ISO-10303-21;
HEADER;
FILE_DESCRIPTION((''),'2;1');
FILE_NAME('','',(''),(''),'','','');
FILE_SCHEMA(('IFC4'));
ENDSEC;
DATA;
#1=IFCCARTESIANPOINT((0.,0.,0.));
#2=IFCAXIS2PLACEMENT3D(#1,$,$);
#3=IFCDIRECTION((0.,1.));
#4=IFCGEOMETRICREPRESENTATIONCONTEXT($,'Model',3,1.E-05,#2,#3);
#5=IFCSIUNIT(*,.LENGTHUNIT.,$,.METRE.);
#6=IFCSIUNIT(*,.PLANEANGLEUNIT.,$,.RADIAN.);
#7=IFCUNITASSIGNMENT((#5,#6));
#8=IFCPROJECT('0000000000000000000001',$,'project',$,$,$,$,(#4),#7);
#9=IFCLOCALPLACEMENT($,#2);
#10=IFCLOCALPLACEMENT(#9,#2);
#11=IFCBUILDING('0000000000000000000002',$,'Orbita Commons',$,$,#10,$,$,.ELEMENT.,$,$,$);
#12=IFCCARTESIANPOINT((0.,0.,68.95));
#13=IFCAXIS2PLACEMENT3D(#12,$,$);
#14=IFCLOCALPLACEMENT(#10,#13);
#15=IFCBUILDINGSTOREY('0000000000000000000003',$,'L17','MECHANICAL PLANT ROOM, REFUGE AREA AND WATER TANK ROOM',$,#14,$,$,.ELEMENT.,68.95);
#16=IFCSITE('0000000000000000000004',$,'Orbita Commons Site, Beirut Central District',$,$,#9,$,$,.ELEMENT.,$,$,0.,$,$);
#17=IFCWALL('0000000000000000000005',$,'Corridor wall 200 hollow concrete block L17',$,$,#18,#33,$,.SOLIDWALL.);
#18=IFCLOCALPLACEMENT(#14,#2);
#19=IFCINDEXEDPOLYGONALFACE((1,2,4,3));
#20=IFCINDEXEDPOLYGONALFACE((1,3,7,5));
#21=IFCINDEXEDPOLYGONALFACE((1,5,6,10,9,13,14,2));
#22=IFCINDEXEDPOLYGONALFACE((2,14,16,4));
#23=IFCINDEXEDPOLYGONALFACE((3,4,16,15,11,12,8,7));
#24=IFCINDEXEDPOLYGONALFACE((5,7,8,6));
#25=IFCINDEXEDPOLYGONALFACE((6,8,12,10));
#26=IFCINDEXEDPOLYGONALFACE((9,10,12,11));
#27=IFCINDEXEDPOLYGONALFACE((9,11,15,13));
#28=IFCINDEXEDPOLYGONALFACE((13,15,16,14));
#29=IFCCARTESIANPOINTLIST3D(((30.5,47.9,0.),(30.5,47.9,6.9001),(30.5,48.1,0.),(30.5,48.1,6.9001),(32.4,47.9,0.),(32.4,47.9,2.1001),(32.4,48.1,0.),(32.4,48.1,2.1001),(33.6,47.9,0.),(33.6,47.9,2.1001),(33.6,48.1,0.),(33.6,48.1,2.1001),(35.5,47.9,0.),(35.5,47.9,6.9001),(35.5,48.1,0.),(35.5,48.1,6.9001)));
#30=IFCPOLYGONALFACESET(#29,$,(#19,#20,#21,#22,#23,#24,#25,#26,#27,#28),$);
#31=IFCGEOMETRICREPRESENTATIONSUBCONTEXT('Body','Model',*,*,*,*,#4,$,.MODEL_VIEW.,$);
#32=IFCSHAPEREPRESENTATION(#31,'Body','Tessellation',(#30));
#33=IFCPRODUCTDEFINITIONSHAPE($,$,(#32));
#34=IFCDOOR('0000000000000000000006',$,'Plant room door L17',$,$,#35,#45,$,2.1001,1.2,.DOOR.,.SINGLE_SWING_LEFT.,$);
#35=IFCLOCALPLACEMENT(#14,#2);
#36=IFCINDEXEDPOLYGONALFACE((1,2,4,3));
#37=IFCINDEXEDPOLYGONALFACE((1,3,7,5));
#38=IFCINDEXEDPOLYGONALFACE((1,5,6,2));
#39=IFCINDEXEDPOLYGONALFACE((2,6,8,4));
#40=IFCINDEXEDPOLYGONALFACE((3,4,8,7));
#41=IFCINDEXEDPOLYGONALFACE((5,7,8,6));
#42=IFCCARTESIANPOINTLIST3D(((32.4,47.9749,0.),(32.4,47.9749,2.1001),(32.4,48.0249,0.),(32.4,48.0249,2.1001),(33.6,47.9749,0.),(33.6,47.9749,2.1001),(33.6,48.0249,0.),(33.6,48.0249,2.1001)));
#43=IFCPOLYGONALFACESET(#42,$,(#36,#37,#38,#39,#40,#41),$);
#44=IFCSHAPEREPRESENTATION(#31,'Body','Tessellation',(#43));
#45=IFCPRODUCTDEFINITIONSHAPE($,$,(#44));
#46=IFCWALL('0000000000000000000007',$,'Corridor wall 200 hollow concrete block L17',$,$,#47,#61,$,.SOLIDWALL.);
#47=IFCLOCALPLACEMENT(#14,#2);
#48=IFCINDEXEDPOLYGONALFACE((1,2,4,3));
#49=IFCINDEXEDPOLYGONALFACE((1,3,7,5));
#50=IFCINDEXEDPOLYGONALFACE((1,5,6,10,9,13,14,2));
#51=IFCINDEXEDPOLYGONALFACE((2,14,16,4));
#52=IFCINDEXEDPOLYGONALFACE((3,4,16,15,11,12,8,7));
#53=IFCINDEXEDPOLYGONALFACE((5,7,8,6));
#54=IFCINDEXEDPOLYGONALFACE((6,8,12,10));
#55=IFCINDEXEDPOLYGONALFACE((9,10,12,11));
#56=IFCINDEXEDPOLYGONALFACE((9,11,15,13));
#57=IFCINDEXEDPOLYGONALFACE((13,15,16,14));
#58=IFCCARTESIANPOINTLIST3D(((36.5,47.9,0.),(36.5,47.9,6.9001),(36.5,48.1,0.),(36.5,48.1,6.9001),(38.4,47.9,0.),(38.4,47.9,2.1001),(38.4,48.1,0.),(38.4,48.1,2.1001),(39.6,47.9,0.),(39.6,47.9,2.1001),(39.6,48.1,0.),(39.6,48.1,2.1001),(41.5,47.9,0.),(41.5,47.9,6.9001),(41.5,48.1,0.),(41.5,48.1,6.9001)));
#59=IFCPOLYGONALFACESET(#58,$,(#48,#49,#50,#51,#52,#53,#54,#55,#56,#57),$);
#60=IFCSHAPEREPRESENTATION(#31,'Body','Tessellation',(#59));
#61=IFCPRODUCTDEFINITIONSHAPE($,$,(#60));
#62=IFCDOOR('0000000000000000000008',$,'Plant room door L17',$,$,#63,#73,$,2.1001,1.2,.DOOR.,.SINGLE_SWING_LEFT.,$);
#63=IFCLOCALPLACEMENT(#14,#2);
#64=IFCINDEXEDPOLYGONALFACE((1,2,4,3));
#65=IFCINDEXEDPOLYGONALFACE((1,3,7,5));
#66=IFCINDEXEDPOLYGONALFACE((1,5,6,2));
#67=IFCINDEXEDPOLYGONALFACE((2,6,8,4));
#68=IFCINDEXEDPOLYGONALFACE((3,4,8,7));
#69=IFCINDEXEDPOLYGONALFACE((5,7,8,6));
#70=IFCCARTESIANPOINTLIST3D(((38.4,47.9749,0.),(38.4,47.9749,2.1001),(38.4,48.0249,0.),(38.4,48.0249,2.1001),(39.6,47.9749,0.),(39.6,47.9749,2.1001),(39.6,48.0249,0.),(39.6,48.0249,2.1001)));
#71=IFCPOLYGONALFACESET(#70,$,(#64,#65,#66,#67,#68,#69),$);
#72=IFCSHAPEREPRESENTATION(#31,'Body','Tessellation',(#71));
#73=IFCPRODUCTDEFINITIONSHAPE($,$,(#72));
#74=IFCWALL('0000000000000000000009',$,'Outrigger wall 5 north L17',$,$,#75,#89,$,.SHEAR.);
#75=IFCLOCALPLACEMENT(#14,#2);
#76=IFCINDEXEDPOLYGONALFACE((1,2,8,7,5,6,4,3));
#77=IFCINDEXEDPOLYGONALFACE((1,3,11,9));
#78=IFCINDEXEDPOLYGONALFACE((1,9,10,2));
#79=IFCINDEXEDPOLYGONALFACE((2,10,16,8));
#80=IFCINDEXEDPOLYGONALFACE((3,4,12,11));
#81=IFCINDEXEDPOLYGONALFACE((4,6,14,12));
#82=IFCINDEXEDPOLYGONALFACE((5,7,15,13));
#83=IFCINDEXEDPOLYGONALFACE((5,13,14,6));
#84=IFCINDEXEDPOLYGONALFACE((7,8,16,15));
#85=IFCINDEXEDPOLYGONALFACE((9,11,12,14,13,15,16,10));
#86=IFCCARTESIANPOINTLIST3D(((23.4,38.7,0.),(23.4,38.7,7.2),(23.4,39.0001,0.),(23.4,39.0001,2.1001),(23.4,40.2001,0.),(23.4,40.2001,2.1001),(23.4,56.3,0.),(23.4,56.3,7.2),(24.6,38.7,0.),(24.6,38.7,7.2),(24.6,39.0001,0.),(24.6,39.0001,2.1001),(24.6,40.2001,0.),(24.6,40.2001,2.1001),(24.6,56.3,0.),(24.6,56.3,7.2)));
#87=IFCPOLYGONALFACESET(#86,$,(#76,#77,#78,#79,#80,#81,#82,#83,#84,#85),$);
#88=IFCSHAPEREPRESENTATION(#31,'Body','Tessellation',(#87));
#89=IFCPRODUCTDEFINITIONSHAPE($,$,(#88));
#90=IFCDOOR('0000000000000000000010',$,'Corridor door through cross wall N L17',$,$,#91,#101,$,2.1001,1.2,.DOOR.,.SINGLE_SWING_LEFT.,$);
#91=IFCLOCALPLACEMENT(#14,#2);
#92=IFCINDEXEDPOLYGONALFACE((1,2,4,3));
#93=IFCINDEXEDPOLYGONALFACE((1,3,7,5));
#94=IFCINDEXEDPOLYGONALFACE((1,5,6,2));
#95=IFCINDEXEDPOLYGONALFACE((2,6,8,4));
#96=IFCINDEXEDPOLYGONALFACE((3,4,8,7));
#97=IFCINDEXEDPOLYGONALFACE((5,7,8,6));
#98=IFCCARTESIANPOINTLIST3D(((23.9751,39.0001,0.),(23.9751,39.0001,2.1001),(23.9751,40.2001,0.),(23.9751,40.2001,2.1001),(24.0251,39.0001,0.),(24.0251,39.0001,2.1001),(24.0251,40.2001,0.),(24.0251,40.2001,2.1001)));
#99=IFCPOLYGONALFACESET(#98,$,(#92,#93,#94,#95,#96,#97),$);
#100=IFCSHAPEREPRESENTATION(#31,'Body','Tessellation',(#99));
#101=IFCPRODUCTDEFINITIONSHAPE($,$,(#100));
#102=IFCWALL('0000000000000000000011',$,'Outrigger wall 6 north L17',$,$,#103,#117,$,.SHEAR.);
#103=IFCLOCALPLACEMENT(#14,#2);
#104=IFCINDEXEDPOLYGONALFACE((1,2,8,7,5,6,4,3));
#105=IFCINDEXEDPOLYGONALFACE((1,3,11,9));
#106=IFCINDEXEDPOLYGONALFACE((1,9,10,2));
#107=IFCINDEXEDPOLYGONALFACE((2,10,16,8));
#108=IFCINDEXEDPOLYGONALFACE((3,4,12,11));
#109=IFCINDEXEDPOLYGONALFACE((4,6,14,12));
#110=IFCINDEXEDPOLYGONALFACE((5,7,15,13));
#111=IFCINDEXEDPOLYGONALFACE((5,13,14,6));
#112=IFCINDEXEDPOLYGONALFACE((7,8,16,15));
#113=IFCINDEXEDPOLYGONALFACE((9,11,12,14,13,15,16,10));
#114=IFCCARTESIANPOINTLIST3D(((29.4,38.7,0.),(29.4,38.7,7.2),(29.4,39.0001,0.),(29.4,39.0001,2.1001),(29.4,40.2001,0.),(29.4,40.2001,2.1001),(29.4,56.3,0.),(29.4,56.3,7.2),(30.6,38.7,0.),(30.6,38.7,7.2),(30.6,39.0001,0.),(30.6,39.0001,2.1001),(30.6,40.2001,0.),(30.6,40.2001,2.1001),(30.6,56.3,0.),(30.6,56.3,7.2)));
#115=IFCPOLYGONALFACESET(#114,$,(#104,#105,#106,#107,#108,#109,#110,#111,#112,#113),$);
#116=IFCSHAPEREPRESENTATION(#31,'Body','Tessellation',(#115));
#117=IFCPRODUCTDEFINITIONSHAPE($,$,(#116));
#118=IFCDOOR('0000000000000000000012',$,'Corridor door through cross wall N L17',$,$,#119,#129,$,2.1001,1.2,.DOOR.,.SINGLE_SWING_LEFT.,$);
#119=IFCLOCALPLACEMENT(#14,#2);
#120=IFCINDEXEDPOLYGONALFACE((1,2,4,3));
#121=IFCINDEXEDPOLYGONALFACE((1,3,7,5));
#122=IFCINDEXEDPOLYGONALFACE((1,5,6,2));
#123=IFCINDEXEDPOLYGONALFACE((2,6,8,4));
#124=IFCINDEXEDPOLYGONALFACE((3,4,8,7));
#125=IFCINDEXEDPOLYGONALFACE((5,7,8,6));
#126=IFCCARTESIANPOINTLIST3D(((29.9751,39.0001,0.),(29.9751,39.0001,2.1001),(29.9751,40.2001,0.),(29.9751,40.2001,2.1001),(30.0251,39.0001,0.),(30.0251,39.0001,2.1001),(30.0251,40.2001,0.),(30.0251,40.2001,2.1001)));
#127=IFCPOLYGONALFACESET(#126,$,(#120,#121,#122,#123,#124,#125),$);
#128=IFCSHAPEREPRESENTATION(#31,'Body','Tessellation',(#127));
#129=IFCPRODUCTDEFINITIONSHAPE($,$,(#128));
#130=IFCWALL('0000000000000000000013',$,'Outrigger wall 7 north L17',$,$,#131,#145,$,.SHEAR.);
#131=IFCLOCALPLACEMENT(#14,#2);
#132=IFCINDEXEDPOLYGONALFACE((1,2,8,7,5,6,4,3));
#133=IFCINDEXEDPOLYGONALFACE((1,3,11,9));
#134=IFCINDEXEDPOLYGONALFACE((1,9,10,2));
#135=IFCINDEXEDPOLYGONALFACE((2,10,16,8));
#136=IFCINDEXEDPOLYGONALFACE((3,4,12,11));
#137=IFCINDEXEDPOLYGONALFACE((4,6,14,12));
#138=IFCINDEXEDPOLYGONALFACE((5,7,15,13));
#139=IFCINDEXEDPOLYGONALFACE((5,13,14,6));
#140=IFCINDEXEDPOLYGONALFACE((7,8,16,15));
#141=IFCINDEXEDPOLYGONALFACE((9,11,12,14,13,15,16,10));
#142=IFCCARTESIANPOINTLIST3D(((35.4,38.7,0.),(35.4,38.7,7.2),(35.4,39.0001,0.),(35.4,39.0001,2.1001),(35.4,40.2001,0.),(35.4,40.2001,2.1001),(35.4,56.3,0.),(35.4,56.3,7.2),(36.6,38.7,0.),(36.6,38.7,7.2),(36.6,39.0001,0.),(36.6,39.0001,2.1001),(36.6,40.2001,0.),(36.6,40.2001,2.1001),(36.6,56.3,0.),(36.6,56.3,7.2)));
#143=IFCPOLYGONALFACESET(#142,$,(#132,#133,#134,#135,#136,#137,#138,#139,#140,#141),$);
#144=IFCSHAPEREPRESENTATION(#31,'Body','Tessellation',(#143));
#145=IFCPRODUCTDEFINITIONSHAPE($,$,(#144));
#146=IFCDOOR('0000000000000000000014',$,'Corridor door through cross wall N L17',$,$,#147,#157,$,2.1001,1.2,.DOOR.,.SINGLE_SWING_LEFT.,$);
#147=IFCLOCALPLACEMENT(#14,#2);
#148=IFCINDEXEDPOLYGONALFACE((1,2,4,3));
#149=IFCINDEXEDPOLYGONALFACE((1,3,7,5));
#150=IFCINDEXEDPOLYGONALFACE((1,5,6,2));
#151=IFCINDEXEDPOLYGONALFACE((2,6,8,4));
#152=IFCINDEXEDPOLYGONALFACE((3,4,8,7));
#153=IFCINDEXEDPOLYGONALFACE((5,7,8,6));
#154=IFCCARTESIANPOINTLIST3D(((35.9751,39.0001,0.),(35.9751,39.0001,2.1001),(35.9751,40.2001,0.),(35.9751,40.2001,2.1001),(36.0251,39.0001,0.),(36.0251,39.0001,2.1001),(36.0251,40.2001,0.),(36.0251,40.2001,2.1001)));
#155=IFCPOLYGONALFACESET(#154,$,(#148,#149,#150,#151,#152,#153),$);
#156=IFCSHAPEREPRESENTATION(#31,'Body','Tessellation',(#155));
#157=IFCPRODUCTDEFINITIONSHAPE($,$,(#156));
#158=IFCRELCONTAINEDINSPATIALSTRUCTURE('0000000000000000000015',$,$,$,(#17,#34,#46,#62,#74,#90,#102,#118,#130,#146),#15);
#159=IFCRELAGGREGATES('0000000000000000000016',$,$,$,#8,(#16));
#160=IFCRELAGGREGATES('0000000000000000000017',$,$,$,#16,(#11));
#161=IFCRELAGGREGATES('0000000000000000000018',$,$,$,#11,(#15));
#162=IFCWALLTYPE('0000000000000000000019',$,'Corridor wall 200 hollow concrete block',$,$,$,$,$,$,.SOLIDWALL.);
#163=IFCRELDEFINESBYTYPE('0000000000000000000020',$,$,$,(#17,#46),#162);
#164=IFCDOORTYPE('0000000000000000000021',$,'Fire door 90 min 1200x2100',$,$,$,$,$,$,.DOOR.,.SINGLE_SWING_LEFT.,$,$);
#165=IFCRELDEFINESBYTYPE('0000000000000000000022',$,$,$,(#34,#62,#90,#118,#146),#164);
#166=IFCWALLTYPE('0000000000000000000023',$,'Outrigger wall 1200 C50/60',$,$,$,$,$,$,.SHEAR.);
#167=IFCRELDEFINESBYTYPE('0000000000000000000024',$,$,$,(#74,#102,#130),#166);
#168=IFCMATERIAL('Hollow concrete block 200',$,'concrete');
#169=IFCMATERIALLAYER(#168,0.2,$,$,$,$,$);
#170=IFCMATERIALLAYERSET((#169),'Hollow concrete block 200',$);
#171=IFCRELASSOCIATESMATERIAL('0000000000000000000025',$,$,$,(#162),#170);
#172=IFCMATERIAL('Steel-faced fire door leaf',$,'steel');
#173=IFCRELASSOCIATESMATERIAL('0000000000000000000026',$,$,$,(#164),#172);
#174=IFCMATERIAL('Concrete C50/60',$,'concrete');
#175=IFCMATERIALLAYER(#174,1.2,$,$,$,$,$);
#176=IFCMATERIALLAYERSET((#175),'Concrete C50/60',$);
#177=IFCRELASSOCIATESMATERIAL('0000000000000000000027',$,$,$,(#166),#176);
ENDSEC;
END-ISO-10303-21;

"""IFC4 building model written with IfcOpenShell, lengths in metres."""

from ifc_helpers import new_model, si_unit, direction, frame, frame_2d, origin, place, context, subcontext, project, spatial, rectangle, extrude, material, layer, layer_set, type_object, element, fill, save


model = new_model("IFC4")

# Units and contexts
model_context = context("Model", 3, precision=1e-05, world=origin(), true_north=direction((0.0, 1.0)))
body_context = subcontext(model_context, "Body", "Model", "MODEL_VIEW")
ifc_project = project(units=[si_unit("LENGTHUNIT", "METRE"), si_unit("PLANEANGLEUNIT", "RADIAN")], contexts=[model_context])

# Site, building, storey
site_placement = place(None, origin())
site = spatial("IfcSite", under=ifc_project, at=site_placement, Name="Orbita Commons Site, Beirut Central District", CompositionType="ELEMENT", RefElevation=0.0)
building_placement = place(site_placement, origin())
building = spatial("IfcBuilding", under=site, at=building_placement, Name="Orbita Commons", CompositionType="ELEMENT")
storey_placement = place(building_placement, frame((0.0, 0.0, 68.95)))
storey = spatial("IfcBuildingStorey", under=building, at=storey_placement, Name="L17", Description="MECHANICAL PLANT ROOM, REFUGE AREA AND WATER TANK ROOM", CompositionType="ELEMENT", Elevation=68.95)

# Walls, openings, doors
ifc_material_1 = material(Name="Hollow concrete block 200", Category="concrete")
ifc_layer_1 = layer(ifc_material_1, 0.2)
ifc_layer_set_1 = layer_set([ifc_layer_1], Name="Hollow concrete block 200")
wall_type_1 = type_object("IfcWallType", Name="Corridor wall 200 hollow concrete block", PredefinedType="SOLIDWALL", material=ifc_layer_set_1)
ifc_material_2 = material(Name="Steel-faced fire door leaf", Category="steel")
door_type_1 = type_object("IfcDoorType", Name="Fire door 90 min 1200x2100", OperationType="SINGLE_SWING_LEFT", PredefinedType="DOOR", material=ifc_material_2)
wall_1_placement = place(storey_placement, frame((30.5, 48.0, 0.0), z_axis=(0.0, 0.0, 1.0), x_axis=(1.0, 0.0, 0.0)))
wall_1 = element("IfcWall", 1, at=wall_1_placement, inside=storey, type_object=wall_type_1, Name="Corridor wall 200 hollow concrete block L17", PredefinedType="SOLIDWALL", context=body_context, shape_type="SweptSolid", body=[
    extrude(rectangle(XDim=5.0, YDim=0.2, at=frame_2d((2.5, 0.0))), origin(), (0.0, 0.0, 1.0), 6.9001),
])
opening_1_placement = place(wall_1_placement, frame((1.8999, 0.0, 0.0)))
opening_1 = element("IfcOpeningElement", 2, at=opening_1_placement, cuts=wall_1, PredefinedType="OPENING", context=body_context, shape_type="SweptSolid", body=[
    extrude(rectangle(XDim=1.2, YDim=2.1001, at=frame_2d((0.6001, 1.05))), frame((0.0, 0.1099, 0.0), z_axis=(0.0, -1.0, 0.0), x_axis=(1.0, 0.0, 0.0)), (0.0, 0.0, 1.0), 0.22),
])
door_1_placement = place(opening_1_placement, origin())
door_1 = element("IfcDoor", 3, at=door_1_placement, inside=storey, type_object=door_type_1, Name="Plant room door L17", OperationType="SINGLE_SWING_LEFT", OverallHeight=2.1001, OverallWidth=1.2, PredefinedType="DOOR", context=body_context, shape_type="SweptSolid", body=[
    extrude(rectangle(XDim=1.2, YDim=2.1001, at=frame_2d((0.6001, 1.05))), frame((0.0, 0.0249, 0.0), z_axis=(0.0, -1.0, 0.0), x_axis=(1.0, 0.0, 0.0)), (0.0, 0.0, 1.0), 0.05),
])
fill(opening_1, door_1)
wall_2_placement = place(storey_placement, frame((36.5, 48.0, 0.0), z_axis=(0.0, 0.0, 1.0), x_axis=(1.0, 0.0, 0.0)))
wall_2 = element("IfcWall", 4, at=wall_2_placement, inside=storey, type_object=wall_type_1, Name="Corridor wall 200 hollow concrete block L17", PredefinedType="SOLIDWALL", context=body_context, shape_type="SweptSolid", body=[
    extrude(rectangle(XDim=5.0, YDim=0.2, at=frame_2d((2.5, 0.0))), origin(), (0.0, 0.0, 1.0), 6.9001),
])
opening_2_placement = place(wall_2_placement, frame((1.8999, 0.0, 0.0)))
opening_2 = element("IfcOpeningElement", 5, at=opening_2_placement, cuts=wall_2, PredefinedType="OPENING", context=body_context, shape_type="SweptSolid", body=[
    extrude(rectangle(XDim=1.2, YDim=2.1001, at=frame_2d((0.6001, 1.05))), frame((0.0, 0.1099, 0.0), z_axis=(0.0, -1.0, 0.0), x_axis=(1.0, 0.0, 0.0)), (0.0, 0.0, 1.0), 0.22),
])
door_2_placement = place(opening_2_placement, origin())
door_2 = element("IfcDoor", 6, at=door_2_placement, inside=storey, type_object=door_type_1, Name="Plant room door L17", OperationType="SINGLE_SWING_LEFT", OverallHeight=2.1001, OverallWidth=1.2, PredefinedType="DOOR", context=body_context, shape_type="SweptSolid", body=[
    extrude(rectangle(XDim=1.2, YDim=2.1001, at=frame_2d((0.6001, 1.05))), frame((0.0, 0.0249, 0.0), z_axis=(0.0, -1.0, 0.0), x_axis=(1.0, 0.0, 0.0)), (0.0, 0.0, 1.0), 0.05),
])
fill(opening_2, door_2)
ifc_material_3 = material(Name="Concrete C50/60", Category="concrete")
ifc_layer_2 = layer(ifc_material_3, 1.2)
ifc_layer_set_2 = layer_set([ifc_layer_2], Name="Concrete C50/60")
wall_type_2 = type_object("IfcWallType", Name="Outrigger wall 1200 C50/60", PredefinedType="SHEAR", material=ifc_layer_set_2)
wall_3_placement = place(storey_placement, frame((24.0, 38.7, 0.0), z_axis=(0.0, 0.0, 1.0), x_axis=(0.0, 1.0, 0.0)))
wall_3 = element("IfcWall", 7, at=wall_3_placement, inside=storey, type_object=wall_type_2, Name="Outrigger wall 5 north L17", PredefinedType="SHEAR", context=body_context, shape_type="SweptSolid", body=[
    extrude(rectangle(XDim=17.6001, YDim=1.2, at=frame_2d((8.8, 0.0))), origin(), (0.0, 0.0, 1.0), 7.2),
])
opening_3_placement = place(wall_3_placement, frame((0.3, 0.0, 0.0)))
opening_3 = element("IfcOpeningElement", 8, at=opening_3_placement, cuts=wall_3, PredefinedType="OPENING", context=body_context, shape_type="SweptSolid", body=[
    extrude(rectangle(XDim=1.2, YDim=2.1001, at=frame_2d((0.6001, 1.05))), frame((0.0, 0.6099, 0.0), z_axis=(0.0, -1.0, 0.0), x_axis=(1.0, 0.0, 0.0)), (0.0, 0.0, 1.0), 1.22),
])
door_3_placement = place(opening_3_placement, origin())
door_3 = element("IfcDoor", 9, at=door_3_placement, inside=storey, type_object=door_type_1, Name="Corridor door through cross wall N L17", OperationType="SINGLE_SWING_LEFT", OverallHeight=2.1001, OverallWidth=1.2, PredefinedType="DOOR", context=body_context, shape_type="SweptSolid", body=[
    extrude(rectangle(XDim=1.2, YDim=2.1001, at=frame_2d((0.6001, 1.05))), frame((0.0, 0.0249, 0.0), z_axis=(0.0, -1.0, 0.0), x_axis=(1.0, 0.0, 0.0)), (0.0, 0.0, 1.0), 0.05),
])
fill(opening_3, door_3)
wall_4_placement = place(storey_placement, frame((30.0, 38.7, 0.0), z_axis=(0.0, 0.0, 1.0), x_axis=(0.0, 1.0, 0.0)))
wall_4 = element("IfcWall", 10, at=wall_4_placement, inside=storey, type_object=wall_type_2, Name="Outrigger wall 6 north L17", PredefinedType="SHEAR", context=body_context, shape_type="SweptSolid", body=[
    extrude(rectangle(XDim=17.6001, YDim=1.2, at=frame_2d((8.8, 0.0))), origin(), (0.0, 0.0, 1.0), 7.2),
])
opening_4_placement = place(wall_4_placement, frame((0.3, 0.0, 0.0)))
opening_4 = element("IfcOpeningElement", 11, at=opening_4_placement, cuts=wall_4, PredefinedType="OPENING", context=body_context, shape_type="SweptSolid", body=[
    extrude(rectangle(XDim=1.2, YDim=2.1001, at=frame_2d((0.6001, 1.05))), frame((0.0, 0.6099, 0.0), z_axis=(0.0, -1.0, 0.0), x_axis=(1.0, 0.0, 0.0)), (0.0, 0.0, 1.0), 1.22),
])
door_4_placement = place(opening_4_placement, origin())
door_4 = element("IfcDoor", 12, at=door_4_placement, inside=storey, type_object=door_type_1, Name="Corridor door through cross wall N L17", OperationType="SINGLE_SWING_LEFT", OverallHeight=2.1001, OverallWidth=1.2, PredefinedType="DOOR", context=body_context, shape_type="SweptSolid", body=[
    extrude(rectangle(XDim=1.2, YDim=2.1001, at=frame_2d((0.6001, 1.05))), frame((0.0, 0.0249, 0.0), z_axis=(0.0, -1.0, 0.0), x_axis=(1.0, 0.0, 0.0)), (0.0, 0.0, 1.0), 0.05),
])
fill(opening_4, door_4)
wall_5_placement = place(storey_placement, frame((36.0, 38.7, 0.0), z_axis=(0.0, 0.0, 1.0), x_axis=(0.0, 1.0, 0.0)))
wall_5 = element("IfcWall", 13, at=wall_5_placement, inside=storey, type_object=wall_type_2, Name="Outrigger wall 7 north L17", PredefinedType="SHEAR", context=body_context, shape_type="SweptSolid", body=[
    extrude(rectangle(XDim=17.6001, YDim=1.2, at=frame_2d((8.8, 0.0))), origin(), (0.0, 0.0, 1.0), 7.2),
])
opening_5_placement = place(wall_5_placement, frame((0.3, 0.0, 0.0)))
opening_5 = element("IfcOpeningElement", 14, at=opening_5_placement, cuts=wall_5, PredefinedType="OPENING", context=body_context, shape_type="SweptSolid", body=[
    extrude(rectangle(XDim=1.2, YDim=2.1001, at=frame_2d((0.6001, 1.05))), frame((0.0, 0.6099, 0.0), z_axis=(0.0, -1.0, 0.0), x_axis=(1.0, 0.0, 0.0)), (0.0, 0.0, 1.0), 1.22),
])
door_5_placement = place(opening_5_placement, origin())
door_5 = element("IfcDoor", 15, at=door_5_placement, inside=storey, type_object=door_type_1, Name="Corridor door through cross wall N L17", OperationType="SINGLE_SWING_LEFT", OverallHeight=2.1001, OverallWidth=1.2, PredefinedType="DOOR", context=body_context, shape_type="SweptSolid", body=[
    extrude(rectangle(XDim=1.2, YDim=2.1001, at=frame_2d((0.6001, 1.05))), frame((0.0, 0.0249, 0.0), z_axis=(0.0, -1.0, 0.0), x_axis=(1.0, 0.0, 0.0)), (0.0, 0.0, 1.0), 0.05),
])
fill(opening_5, door_5)

save(model, "model.ifc")
